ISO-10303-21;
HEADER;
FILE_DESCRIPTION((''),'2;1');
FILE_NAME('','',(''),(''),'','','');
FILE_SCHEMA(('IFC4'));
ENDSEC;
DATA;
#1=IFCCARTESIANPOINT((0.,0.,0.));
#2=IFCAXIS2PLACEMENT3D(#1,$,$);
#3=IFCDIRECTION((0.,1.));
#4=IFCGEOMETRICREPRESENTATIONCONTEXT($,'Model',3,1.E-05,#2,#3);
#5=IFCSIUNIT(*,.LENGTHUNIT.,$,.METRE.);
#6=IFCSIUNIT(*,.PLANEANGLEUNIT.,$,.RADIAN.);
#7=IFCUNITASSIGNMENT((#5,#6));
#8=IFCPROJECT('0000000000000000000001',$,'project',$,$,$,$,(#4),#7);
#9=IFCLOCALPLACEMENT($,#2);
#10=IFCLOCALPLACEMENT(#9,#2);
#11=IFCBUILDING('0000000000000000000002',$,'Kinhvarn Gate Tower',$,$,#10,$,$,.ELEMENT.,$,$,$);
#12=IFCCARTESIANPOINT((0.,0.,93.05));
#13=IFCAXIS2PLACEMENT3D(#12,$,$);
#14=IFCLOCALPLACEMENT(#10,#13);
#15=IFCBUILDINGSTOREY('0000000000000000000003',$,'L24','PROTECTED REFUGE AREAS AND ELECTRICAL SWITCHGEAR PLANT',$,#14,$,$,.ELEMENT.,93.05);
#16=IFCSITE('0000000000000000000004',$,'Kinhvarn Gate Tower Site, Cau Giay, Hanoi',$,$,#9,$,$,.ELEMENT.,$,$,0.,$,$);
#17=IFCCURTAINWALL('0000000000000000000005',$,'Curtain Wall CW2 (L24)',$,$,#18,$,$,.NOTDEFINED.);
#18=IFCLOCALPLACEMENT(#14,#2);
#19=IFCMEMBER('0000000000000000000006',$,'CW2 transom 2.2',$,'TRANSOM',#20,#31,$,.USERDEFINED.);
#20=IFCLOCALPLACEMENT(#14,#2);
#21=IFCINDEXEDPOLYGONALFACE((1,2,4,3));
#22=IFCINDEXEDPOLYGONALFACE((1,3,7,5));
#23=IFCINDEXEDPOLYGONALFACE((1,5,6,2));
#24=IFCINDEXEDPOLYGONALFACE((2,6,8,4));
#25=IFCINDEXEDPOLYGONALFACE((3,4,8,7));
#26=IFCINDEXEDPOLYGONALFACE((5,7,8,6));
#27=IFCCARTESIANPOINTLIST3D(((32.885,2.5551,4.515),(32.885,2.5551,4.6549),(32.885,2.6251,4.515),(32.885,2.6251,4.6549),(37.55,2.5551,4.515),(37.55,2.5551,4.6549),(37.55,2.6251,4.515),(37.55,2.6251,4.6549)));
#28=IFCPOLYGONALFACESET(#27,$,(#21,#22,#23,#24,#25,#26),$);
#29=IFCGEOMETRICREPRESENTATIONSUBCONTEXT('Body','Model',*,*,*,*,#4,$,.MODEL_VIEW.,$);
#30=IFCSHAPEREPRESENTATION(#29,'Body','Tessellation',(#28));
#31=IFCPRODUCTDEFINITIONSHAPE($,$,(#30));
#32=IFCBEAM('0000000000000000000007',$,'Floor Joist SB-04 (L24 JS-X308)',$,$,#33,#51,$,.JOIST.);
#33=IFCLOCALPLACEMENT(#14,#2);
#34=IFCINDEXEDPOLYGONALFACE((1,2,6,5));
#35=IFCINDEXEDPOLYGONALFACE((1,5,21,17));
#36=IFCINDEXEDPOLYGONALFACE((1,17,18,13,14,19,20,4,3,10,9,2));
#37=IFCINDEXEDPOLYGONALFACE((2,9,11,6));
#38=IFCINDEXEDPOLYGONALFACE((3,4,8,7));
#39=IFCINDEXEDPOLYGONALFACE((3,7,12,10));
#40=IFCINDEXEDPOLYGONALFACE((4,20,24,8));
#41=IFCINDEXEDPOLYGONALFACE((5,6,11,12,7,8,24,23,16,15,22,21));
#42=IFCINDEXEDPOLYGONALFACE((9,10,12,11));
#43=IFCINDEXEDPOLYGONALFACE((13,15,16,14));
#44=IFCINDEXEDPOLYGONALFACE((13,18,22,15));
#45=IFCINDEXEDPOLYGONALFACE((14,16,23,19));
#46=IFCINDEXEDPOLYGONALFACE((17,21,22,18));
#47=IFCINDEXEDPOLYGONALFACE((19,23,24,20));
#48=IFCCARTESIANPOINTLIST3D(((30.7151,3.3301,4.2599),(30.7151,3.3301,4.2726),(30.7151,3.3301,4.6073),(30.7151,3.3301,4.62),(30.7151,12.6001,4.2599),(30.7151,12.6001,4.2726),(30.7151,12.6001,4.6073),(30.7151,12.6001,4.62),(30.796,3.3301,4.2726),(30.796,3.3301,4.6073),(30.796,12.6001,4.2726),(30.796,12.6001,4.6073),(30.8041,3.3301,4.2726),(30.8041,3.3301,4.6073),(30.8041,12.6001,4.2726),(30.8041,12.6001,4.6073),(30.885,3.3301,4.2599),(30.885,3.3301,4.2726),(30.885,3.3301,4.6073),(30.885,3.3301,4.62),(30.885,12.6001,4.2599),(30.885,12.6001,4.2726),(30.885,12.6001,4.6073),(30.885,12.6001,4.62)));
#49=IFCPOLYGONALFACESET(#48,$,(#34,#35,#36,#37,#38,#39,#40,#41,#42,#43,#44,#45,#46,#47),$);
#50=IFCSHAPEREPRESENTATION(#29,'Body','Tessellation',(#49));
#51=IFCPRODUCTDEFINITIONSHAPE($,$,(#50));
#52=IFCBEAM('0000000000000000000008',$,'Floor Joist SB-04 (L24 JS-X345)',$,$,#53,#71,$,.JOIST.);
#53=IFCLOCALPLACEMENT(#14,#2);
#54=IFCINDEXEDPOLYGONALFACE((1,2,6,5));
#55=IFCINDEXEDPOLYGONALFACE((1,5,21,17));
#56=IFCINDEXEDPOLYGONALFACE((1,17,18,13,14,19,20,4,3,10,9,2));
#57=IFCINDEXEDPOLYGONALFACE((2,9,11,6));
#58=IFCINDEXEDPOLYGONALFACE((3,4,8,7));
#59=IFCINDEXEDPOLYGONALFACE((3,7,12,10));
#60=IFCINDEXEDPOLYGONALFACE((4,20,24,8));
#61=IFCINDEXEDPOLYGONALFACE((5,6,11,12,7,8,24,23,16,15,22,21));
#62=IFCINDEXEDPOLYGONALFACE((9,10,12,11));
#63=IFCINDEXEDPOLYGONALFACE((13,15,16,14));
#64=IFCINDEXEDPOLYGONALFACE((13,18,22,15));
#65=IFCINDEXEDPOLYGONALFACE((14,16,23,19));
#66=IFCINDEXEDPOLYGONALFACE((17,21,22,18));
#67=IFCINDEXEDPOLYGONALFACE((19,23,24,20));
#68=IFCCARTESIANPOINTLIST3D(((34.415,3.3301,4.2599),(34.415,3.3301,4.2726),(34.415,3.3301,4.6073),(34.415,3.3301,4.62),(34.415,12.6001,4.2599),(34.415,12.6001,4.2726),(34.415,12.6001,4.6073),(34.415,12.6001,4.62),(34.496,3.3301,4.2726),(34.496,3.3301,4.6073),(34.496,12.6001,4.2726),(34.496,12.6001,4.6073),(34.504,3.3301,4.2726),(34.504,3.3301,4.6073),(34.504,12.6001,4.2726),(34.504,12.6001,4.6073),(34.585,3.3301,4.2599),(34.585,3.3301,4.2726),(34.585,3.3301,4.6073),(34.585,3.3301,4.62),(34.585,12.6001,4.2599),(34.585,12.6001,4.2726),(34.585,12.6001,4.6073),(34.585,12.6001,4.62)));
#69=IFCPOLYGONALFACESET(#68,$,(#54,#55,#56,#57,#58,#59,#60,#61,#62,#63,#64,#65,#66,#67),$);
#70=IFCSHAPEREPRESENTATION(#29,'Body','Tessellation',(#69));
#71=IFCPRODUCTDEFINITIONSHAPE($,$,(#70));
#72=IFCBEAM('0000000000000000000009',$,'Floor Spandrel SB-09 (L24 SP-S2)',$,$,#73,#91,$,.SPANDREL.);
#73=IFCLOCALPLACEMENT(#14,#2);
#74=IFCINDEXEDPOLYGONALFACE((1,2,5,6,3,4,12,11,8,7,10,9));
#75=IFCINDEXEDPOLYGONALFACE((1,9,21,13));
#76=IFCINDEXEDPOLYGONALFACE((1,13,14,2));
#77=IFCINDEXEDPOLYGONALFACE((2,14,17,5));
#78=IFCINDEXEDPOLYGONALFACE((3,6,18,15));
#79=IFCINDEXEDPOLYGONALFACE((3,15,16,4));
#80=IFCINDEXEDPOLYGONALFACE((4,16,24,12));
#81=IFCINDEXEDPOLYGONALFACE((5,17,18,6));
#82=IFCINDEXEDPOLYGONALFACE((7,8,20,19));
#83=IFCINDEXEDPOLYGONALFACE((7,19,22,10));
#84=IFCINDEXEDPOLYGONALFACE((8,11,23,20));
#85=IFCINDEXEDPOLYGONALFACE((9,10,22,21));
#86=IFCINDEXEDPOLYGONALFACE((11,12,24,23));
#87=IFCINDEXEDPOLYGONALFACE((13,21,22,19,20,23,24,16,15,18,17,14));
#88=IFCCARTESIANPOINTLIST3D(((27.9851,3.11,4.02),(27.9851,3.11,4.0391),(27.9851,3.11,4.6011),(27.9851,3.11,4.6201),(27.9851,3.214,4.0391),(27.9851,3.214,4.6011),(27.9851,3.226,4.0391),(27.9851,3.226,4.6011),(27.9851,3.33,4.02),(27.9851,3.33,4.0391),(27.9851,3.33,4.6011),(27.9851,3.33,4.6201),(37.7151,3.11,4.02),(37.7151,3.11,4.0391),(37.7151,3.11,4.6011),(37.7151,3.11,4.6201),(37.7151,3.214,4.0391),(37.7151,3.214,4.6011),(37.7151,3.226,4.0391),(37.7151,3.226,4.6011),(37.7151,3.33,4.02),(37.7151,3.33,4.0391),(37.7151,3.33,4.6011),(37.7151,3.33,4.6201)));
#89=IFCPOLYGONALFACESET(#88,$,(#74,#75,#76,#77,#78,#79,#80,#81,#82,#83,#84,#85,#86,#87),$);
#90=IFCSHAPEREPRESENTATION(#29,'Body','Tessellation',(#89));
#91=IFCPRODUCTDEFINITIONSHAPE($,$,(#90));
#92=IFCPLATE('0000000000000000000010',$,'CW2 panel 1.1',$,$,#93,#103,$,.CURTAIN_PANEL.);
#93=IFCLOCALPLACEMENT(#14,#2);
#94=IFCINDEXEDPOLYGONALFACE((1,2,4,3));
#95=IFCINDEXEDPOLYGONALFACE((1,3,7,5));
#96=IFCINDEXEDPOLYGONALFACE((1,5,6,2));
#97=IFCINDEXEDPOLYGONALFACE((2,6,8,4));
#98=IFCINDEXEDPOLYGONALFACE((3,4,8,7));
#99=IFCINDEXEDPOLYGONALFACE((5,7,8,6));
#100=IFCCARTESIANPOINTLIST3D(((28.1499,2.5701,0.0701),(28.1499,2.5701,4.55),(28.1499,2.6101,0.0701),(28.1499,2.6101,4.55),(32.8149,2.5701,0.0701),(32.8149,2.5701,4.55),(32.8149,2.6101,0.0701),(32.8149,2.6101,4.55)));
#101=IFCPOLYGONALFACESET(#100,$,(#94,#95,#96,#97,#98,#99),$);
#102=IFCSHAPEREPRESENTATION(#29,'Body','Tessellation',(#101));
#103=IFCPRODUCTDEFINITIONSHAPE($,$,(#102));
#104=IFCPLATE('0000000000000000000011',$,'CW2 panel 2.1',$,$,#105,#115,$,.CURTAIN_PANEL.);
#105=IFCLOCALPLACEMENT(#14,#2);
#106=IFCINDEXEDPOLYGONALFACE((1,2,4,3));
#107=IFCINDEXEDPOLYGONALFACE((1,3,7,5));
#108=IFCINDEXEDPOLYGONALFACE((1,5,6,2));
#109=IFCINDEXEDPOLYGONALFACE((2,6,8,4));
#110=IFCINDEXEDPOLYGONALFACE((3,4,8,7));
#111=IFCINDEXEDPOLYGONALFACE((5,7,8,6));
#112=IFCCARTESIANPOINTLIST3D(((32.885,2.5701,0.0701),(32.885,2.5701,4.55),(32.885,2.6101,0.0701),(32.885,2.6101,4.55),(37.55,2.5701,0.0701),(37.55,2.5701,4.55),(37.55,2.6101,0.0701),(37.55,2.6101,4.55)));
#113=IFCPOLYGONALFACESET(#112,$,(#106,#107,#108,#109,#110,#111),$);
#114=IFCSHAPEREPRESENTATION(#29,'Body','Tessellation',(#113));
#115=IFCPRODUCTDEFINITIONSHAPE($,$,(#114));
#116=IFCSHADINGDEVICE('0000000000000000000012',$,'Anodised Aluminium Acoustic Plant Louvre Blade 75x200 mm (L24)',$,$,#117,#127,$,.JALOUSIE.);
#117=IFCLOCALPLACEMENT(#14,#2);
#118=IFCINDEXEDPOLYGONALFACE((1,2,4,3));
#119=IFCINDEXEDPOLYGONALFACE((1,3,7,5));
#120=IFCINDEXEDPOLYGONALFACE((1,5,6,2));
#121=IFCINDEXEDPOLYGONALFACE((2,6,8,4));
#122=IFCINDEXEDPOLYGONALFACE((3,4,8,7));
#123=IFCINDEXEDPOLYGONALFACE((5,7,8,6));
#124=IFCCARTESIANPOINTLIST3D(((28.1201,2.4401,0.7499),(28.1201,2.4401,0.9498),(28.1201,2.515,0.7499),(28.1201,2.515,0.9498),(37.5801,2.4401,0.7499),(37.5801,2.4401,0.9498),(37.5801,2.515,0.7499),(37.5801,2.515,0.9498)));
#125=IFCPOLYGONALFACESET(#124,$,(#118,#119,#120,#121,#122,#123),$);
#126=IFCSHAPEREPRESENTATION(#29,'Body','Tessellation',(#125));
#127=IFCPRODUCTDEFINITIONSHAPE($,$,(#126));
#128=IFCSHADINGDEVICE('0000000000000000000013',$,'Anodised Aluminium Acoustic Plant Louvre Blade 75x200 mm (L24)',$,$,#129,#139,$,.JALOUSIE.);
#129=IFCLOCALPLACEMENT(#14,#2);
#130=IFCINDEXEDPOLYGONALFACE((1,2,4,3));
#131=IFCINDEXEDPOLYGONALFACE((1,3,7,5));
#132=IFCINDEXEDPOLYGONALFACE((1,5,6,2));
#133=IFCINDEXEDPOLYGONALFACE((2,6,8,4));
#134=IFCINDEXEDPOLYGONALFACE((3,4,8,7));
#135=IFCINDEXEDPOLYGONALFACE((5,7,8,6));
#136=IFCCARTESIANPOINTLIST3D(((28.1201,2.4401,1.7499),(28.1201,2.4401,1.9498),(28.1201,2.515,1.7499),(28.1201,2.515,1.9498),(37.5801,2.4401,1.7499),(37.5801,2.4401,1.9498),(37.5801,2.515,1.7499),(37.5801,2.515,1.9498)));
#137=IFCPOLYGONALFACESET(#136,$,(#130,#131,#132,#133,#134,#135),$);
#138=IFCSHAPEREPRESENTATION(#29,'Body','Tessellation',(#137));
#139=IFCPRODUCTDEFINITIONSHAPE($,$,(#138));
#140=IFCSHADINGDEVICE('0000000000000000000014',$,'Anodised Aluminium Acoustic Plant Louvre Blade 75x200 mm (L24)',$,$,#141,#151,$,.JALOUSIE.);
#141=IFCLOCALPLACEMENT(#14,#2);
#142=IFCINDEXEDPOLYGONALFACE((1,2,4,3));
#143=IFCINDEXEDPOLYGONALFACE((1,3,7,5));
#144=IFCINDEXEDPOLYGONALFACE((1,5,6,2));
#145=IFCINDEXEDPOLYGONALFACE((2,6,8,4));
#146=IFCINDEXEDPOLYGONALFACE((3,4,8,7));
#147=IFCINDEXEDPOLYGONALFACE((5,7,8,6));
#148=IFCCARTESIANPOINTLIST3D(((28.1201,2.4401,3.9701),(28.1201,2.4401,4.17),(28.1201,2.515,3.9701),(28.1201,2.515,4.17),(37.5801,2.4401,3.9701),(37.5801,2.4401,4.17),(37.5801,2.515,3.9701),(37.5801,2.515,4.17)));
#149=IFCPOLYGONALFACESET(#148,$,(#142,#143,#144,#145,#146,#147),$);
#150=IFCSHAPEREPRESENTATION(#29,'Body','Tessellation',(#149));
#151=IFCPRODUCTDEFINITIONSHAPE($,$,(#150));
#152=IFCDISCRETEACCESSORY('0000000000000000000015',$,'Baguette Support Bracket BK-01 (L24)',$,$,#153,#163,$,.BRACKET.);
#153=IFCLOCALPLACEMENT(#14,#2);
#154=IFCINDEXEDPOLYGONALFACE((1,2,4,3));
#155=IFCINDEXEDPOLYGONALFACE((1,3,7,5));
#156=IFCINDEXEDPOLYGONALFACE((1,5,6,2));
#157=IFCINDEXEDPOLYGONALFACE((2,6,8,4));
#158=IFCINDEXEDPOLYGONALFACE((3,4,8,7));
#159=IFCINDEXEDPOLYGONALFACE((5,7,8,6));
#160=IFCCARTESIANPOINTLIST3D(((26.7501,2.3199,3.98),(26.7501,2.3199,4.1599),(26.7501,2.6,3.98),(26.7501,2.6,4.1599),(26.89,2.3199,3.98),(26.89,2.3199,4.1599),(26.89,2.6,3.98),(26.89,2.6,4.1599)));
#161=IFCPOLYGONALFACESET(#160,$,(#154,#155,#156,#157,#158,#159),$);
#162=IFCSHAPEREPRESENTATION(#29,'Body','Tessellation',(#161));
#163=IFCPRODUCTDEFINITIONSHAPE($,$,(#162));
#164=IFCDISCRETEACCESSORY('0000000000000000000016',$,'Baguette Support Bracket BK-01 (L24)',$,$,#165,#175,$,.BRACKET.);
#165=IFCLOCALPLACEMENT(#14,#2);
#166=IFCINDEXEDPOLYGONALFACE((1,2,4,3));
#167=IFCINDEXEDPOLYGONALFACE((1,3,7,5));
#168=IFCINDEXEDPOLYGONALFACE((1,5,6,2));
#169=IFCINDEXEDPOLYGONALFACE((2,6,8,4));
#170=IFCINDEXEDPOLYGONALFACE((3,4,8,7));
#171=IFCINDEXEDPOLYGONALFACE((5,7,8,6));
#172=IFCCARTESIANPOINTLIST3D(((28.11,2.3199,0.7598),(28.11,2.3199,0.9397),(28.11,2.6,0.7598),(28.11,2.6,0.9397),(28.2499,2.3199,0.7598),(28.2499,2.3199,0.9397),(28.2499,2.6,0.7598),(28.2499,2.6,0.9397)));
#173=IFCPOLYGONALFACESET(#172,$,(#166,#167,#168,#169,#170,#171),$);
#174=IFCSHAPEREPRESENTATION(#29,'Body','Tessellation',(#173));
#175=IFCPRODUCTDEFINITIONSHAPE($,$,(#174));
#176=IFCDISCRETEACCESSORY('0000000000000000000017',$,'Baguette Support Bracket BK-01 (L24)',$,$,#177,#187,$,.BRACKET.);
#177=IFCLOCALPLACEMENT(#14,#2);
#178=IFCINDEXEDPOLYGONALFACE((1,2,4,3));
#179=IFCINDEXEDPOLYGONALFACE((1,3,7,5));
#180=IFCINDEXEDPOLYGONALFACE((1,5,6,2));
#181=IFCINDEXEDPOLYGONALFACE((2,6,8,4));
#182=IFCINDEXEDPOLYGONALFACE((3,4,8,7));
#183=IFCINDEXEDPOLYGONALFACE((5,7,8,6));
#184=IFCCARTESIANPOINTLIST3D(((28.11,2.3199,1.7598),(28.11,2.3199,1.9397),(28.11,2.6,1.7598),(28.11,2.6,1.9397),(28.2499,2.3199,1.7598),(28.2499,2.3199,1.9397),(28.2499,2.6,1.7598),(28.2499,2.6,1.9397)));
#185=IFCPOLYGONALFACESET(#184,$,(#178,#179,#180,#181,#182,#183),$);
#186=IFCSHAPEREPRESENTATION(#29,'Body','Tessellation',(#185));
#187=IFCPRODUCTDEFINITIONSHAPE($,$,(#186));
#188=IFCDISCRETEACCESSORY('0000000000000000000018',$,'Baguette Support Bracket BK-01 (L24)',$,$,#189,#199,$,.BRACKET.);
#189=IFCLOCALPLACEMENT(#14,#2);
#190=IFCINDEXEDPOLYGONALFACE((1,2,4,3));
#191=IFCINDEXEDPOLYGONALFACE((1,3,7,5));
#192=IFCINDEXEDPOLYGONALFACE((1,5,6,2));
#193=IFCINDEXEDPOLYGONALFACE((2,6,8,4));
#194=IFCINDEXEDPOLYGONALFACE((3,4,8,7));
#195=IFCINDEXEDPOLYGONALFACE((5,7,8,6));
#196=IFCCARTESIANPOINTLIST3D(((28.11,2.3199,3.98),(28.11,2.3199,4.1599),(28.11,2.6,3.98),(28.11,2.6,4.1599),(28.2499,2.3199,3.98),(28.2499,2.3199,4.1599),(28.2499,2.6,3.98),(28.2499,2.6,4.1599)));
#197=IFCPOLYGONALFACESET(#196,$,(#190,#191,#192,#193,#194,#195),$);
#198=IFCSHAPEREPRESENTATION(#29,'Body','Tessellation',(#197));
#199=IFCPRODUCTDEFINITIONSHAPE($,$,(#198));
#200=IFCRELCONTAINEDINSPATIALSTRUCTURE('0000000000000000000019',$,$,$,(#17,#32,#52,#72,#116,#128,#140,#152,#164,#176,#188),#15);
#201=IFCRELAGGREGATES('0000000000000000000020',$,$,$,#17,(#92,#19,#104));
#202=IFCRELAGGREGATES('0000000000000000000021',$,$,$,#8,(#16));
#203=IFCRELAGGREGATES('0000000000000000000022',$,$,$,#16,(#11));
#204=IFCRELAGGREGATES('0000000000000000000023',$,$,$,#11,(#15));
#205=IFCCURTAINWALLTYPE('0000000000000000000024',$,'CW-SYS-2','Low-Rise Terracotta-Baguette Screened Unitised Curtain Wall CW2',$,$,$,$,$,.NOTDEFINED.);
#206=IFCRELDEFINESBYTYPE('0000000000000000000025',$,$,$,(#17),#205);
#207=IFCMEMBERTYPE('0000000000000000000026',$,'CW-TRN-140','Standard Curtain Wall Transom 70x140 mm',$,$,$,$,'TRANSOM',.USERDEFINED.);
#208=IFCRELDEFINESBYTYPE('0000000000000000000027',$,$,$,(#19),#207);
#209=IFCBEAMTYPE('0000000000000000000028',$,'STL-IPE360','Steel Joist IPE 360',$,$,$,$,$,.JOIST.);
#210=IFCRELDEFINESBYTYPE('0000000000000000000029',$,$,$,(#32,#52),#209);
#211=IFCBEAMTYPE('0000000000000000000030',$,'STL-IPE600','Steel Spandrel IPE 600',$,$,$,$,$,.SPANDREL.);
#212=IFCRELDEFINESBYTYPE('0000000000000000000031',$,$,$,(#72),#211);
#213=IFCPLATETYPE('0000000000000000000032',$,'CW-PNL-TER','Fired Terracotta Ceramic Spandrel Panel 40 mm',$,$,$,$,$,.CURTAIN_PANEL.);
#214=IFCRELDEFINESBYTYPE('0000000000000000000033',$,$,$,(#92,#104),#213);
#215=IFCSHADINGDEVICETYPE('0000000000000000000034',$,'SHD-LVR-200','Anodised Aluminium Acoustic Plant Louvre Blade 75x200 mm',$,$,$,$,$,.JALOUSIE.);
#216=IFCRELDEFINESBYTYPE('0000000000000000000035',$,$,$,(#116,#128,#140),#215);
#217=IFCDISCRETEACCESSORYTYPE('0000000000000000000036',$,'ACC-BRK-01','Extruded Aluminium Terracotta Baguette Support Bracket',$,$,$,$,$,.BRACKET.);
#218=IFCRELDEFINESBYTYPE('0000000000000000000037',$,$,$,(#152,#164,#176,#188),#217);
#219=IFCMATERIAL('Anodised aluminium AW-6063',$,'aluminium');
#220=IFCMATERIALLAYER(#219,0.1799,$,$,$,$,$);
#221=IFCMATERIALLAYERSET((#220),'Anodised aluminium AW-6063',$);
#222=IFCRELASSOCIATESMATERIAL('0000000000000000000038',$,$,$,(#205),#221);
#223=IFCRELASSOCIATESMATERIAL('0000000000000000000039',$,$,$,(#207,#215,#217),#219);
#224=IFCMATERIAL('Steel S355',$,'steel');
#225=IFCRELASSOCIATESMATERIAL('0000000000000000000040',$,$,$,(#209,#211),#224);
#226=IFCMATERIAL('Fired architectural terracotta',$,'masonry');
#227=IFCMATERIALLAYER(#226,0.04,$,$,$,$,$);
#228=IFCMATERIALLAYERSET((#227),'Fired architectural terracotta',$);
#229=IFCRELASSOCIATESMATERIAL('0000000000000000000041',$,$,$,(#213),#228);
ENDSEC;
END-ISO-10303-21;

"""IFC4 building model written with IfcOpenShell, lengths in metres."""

from ifc_helpers import new_model, si_unit, direction, frame, origin, origin_2d, place, context, subcontext, project, spatial, rectangle, i_section, extrude, material, layer, layer_set, material_profile, profile_set, type_object, element, aggregate, save


model = new_model("IFC4")

# Units and contexts
model_context = context("Model", 3, precision=1e-05, world=origin(), true_north=direction((0.0, 1.0)))
body_context = subcontext(model_context, "Body", "Model", "MODEL_VIEW")
ifc_project = project(units=[si_unit("LENGTHUNIT", "METRE"), si_unit("PLANEANGLEUNIT", "RADIAN")], contexts=[model_context])

# Site, building, storey
site_placement = place(None, origin())
site = spatial("IfcSite", under=ifc_project, at=site_placement, Name="Kinhvarn Gate Tower Site, Cau Giay, Hanoi", CompositionType="ELEMENT", RefElevation=0.0)
building_placement = place(site_placement, origin())
building = spatial("IfcBuilding", under=site, at=building_placement, Name="Kinhvarn Gate Tower", CompositionType="ELEMENT")
storey_placement = place(building_placement, frame((0.0, 0.0, 93.05)))
storey = spatial("IfcBuildingStorey", under=building, at=storey_placement, Name="L24", Description="PROTECTED REFUGE AREAS AND ELECTRICAL SWITCHGEAR PLANT", CompositionType="ELEMENT", Elevation=93.05)

# Shared definitions
ifc_material_1 = material(Name="Anodised aluminium AW-6063", Category="aluminium")
ifc_layer_1 = layer(ifc_material_1, 0.1799)
ifc_layer_set_1 = layer_set([ifc_layer_1], Name="Anodised aluminium AW-6063")
curtain_wall_type = type_object("IfcCurtainWallType", Name="CW-SYS-2", Description="Low-Rise Terracotta-Baguette Screened Unitised Curtain Wall CW2", PredefinedType="NOTDEFINED", material=ifc_layer_set_1)

# Curtain wall, member
curtain_wall_1_placement = place(storey_placement, origin())
curtain_wall_1 = element("IfcCurtainWall", 1, at=curtain_wall_1_placement, inside=storey, type_object=curtain_wall_type, Name="Curtain Wall CW2 (L24)", PredefinedType="NOTDEFINED")
ifc_material_profile_1 = material_profile(ifc_material_1, rectangle(XDim=0.0701, YDim=0.1399, at=origin_2d()), Name="ALU 70x140")
ifc_profile_set_1 = profile_set([ifc_material_profile_1], Name="Anodised aluminium AW-6063")
member_type_1 = type_object("IfcMemberType", Name="CW-TRN-140", Description="Standard Curtain Wall Transom 70x140 mm", ElementType="TRANSOM", PredefinedType="USERDEFINED", material=ifc_profile_set_1)
member_1_placement = place(storey_placement, frame((32.885, 2.5901, 4.585), z_axis=(1.0, 0.0, 0.0), x_axis=(0.0, 1.0, 0.0)))
member_1 = element("IfcMember", 2, at=member_1_placement, type_object=member_type_1, Name="CW2 transom 2.2", ObjectType="TRANSOM", PredefinedType="USERDEFINED", context=body_context, shape_type="SweptSolid", body=[
    extrude(rectangle(XDim=0.0701, YDim=0.1399, at=origin_2d()), origin(), (0.0, 0.0, 1.0), 4.665),
])

# Beams
ifc_material_2 = material(Name="Steel S355", Category="steel")
ifc_material_profile_2 = material_profile(ifc_material_2, i_section(OverallWidth=0.1699, OverallDepth=0.3601, WebThickness=0.0081, FlangeThickness=0.0127, at=origin_2d()), Name="IPE 360")
ifc_profile_set_2 = profile_set([ifc_material_profile_2], Name="Steel S355")
beam_type_1 = type_object("IfcBeamType", Name="STL-IPE360", Description="Steel Joist IPE 360", PredefinedType="JOIST", material=ifc_profile_set_2)
for number, where, z_axis, x_axis, name in (
    (3, (30.8, 3.3301, 4.4399), (0.0, 1.0, 0.0), (-1.0, 0.0, 0.0), "Floor Joist SB-04 (L24 JS-X308)"),
    (4, (34.5, 3.3301, 4.4399), (0.0, 1.0, 0.0), (-1.0, 0.0, 0.0), "Floor Joist SB-04 (L24 JS-X345)"),
):
    element("IfcBeam", number, at=place(storey_placement, frame(where, z_axis=z_axis, x_axis=x_axis)), inside=storey, type_object=beam_type_1, Name=name, PredefinedType="JOIST", context=body_context, shape_type="SweptSolid", body=[
        extrude(i_section(OverallWidth=0.1699, OverallDepth=0.3601, WebThickness=0.0081, FlangeThickness=0.0127, at=origin_2d()), origin(), (0.0, 0.0, 1.0), 9.27),
    ])
ifc_material_profile_3 = material_profile(ifc_material_2, i_section(OverallWidth=0.22, OverallDepth=0.6001, WebThickness=0.012, FlangeThickness=0.019, at=origin_2d()), Name="IPE 600")
ifc_profile_set_3 = profile_set([ifc_material_profile_3], Name="Steel S355")
beam_type_2 = type_object("IfcBeamType", Name="STL-IPE600", Description="Steel Spandrel IPE 600", PredefinedType="SPANDREL", material=ifc_profile_set_3)
beam_1_placement = place(storey_placement, frame((27.9851, 3.22, 4.3201), z_axis=(1.0, 0.0, 0.0), x_axis=(0.0, 1.0, 0.0)))
element("IfcBeam", 5, at=beam_1_placement, inside=storey, type_object=beam_type_2, Name="Floor Spandrel SB-09 (L24 SP-S2)", PredefinedType="SPANDREL", context=body_context, shape_type="SweptSolid", body=[
    extrude(i_section(OverallWidth=0.22, OverallDepth=0.6001, WebThickness=0.012, FlangeThickness=0.019, at=origin_2d()), origin(), (0.0, 0.0, 1.0), 9.73),
])

# Plates
ifc_material_3 = material(Name="Fired architectural terracotta", Category="masonry")
ifc_layer_2 = layer(ifc_material_3, 0.04)
ifc_layer_set_2 = layer_set([ifc_layer_2], Name="Fired architectural terracotta")
plate_type = type_object("IfcPlateType", Name="CW-PNL-TER", Description="Fired Terracotta Ceramic Spandrel Panel 40 mm", PredefinedType="CURTAIN_PANEL", material=ifc_layer_set_2)
plate_1_placement = place(storey_placement, frame((30.4824, 2.5901, 0.0701), z_axis=(0.0, 0.0, 1.0), x_axis=(1.0, 0.0, 0.0)))
plate_1 = element("IfcPlate", 6, at=plate_1_placement, type_object=plate_type, Name="CW2 panel 1.1", PredefinedType="CURTAIN_PANEL", context=body_context, shape_type="SweptSolid", body=[
    extrude(rectangle(XDim=4.665, YDim=0.04, at=origin_2d()), origin(), (0.0, 0.0, 1.0), 4.48),
])
plate_2_placement = place(storey_placement, frame((35.2175, 2.5901, 0.0701), z_axis=(0.0, 0.0, 1.0), x_axis=(1.0, 0.0, 0.0)))
plate_2 = element("IfcPlate", 7, at=plate_2_placement, type_object=plate_type, Name="CW2 panel 2.1", PredefinedType="CURTAIN_PANEL", context=body_context, shape_type="SweptSolid", body=[
    extrude(rectangle(XDim=4.665, YDim=0.04, at=origin_2d()), origin(), (0.0, 0.0, 1.0), 4.48),
])
aggregate(curtain_wall_1, [plate_1, member_1, plate_2])

# Shading devices
ifc_material_profile_4 = material_profile(ifc_material_1, rectangle(XDim=0.075, YDim=0.2, at=origin_2d()), Name="LOUVRE 75x200")
ifc_profile_set_4 = profile_set([ifc_material_profile_4], Name="Anodised aluminium AW-6063")
shading_device_type = type_object("IfcShadingDeviceType", Name="SHD-LVR-200", Description="Anodised Aluminium Acoustic Plant Louvre Blade 75x200 mm", PredefinedType="JALOUSIE", material=ifc_profile_set_4)
for number, where, z_axis, x_axis, name in (
    (8, (28.1201, 2.4775, 0.8499), (1.0, 0.0, 0.0), (0.0, 1.0, 0.0), "Anodised Aluminium Acoustic Plant Louvre Blade 75x200 mm (L24)"),
    (9, (28.1201, 2.4775, 1.8499), (1.0, 0.0, 0.0), (0.0, 1.0, 0.0), "Anodised Aluminium Acoustic Plant Louvre Blade 75x200 mm (L24)"),
    (10, (28.1201, 2.4775, 4.0701), (1.0, 0.0, 0.0), (0.0, 1.0, 0.0), "Anodised Aluminium Acoustic Plant Louvre Blade 75x200 mm (L24)"),
):
    element("IfcShadingDevice", number, at=place(storey_placement, frame(where, z_axis=z_axis, x_axis=x_axis)), inside=storey, type_object=shading_device_type, Name=name, PredefinedType="JALOUSIE", context=body_context, shape_type="SweptSolid", body=[
        extrude(rectangle(XDim=0.075, YDim=0.2, at=origin_2d()), origin(), (0.0, 0.0, 1.0), 9.46),
    ])

# Discrete accessories
discrete_accessory_type = type_object("IfcDiscreteAccessoryType", Name="ACC-BRK-01", Description="Extruded Aluminium Terracotta Baguette Support Bracket", PredefinedType="BRACKET", material=ifc_material_1)
for number, where, z_axis, x_axis, name in (
    (11, (26.8201, 2.46, 3.98), (0.0, 0.0, 1.0), (1.0, 0.0, 0.0), "Baguette Support Bracket BK-01 (L24)"),
    (12, (28.1799, 2.46, 0.7598), (0.0, 0.0, 1.0), (1.0, 0.0, 0.0), "Baguette Support Bracket BK-01 (L24)"),
    (13, (28.1799, 2.46, 1.7598), (0.0, 0.0, 1.0), (1.0, 0.0, 0.0), "Baguette Support Bracket BK-01 (L24)"),
    (14, (28.1799, 2.46, 3.98), (0.0, 0.0, 1.0), (1.0, 0.0, 0.0), "Baguette Support Bracket BK-01 (L24)"),
):
    element("IfcDiscreteAccessory", number, at=place(storey_placement, frame(where, z_axis=z_axis, x_axis=x_axis)), inside=storey, type_object=discrete_accessory_type, Name=name, PredefinedType="BRACKET", context=body_context, shape_type="SweptSolid", body=[
        extrude(rectangle(XDim=0.1399, YDim=0.28, at=origin_2d()), origin(), (0.0, 0.0, 1.0), 0.1799),
    ])

save(model, "model.ifc")
